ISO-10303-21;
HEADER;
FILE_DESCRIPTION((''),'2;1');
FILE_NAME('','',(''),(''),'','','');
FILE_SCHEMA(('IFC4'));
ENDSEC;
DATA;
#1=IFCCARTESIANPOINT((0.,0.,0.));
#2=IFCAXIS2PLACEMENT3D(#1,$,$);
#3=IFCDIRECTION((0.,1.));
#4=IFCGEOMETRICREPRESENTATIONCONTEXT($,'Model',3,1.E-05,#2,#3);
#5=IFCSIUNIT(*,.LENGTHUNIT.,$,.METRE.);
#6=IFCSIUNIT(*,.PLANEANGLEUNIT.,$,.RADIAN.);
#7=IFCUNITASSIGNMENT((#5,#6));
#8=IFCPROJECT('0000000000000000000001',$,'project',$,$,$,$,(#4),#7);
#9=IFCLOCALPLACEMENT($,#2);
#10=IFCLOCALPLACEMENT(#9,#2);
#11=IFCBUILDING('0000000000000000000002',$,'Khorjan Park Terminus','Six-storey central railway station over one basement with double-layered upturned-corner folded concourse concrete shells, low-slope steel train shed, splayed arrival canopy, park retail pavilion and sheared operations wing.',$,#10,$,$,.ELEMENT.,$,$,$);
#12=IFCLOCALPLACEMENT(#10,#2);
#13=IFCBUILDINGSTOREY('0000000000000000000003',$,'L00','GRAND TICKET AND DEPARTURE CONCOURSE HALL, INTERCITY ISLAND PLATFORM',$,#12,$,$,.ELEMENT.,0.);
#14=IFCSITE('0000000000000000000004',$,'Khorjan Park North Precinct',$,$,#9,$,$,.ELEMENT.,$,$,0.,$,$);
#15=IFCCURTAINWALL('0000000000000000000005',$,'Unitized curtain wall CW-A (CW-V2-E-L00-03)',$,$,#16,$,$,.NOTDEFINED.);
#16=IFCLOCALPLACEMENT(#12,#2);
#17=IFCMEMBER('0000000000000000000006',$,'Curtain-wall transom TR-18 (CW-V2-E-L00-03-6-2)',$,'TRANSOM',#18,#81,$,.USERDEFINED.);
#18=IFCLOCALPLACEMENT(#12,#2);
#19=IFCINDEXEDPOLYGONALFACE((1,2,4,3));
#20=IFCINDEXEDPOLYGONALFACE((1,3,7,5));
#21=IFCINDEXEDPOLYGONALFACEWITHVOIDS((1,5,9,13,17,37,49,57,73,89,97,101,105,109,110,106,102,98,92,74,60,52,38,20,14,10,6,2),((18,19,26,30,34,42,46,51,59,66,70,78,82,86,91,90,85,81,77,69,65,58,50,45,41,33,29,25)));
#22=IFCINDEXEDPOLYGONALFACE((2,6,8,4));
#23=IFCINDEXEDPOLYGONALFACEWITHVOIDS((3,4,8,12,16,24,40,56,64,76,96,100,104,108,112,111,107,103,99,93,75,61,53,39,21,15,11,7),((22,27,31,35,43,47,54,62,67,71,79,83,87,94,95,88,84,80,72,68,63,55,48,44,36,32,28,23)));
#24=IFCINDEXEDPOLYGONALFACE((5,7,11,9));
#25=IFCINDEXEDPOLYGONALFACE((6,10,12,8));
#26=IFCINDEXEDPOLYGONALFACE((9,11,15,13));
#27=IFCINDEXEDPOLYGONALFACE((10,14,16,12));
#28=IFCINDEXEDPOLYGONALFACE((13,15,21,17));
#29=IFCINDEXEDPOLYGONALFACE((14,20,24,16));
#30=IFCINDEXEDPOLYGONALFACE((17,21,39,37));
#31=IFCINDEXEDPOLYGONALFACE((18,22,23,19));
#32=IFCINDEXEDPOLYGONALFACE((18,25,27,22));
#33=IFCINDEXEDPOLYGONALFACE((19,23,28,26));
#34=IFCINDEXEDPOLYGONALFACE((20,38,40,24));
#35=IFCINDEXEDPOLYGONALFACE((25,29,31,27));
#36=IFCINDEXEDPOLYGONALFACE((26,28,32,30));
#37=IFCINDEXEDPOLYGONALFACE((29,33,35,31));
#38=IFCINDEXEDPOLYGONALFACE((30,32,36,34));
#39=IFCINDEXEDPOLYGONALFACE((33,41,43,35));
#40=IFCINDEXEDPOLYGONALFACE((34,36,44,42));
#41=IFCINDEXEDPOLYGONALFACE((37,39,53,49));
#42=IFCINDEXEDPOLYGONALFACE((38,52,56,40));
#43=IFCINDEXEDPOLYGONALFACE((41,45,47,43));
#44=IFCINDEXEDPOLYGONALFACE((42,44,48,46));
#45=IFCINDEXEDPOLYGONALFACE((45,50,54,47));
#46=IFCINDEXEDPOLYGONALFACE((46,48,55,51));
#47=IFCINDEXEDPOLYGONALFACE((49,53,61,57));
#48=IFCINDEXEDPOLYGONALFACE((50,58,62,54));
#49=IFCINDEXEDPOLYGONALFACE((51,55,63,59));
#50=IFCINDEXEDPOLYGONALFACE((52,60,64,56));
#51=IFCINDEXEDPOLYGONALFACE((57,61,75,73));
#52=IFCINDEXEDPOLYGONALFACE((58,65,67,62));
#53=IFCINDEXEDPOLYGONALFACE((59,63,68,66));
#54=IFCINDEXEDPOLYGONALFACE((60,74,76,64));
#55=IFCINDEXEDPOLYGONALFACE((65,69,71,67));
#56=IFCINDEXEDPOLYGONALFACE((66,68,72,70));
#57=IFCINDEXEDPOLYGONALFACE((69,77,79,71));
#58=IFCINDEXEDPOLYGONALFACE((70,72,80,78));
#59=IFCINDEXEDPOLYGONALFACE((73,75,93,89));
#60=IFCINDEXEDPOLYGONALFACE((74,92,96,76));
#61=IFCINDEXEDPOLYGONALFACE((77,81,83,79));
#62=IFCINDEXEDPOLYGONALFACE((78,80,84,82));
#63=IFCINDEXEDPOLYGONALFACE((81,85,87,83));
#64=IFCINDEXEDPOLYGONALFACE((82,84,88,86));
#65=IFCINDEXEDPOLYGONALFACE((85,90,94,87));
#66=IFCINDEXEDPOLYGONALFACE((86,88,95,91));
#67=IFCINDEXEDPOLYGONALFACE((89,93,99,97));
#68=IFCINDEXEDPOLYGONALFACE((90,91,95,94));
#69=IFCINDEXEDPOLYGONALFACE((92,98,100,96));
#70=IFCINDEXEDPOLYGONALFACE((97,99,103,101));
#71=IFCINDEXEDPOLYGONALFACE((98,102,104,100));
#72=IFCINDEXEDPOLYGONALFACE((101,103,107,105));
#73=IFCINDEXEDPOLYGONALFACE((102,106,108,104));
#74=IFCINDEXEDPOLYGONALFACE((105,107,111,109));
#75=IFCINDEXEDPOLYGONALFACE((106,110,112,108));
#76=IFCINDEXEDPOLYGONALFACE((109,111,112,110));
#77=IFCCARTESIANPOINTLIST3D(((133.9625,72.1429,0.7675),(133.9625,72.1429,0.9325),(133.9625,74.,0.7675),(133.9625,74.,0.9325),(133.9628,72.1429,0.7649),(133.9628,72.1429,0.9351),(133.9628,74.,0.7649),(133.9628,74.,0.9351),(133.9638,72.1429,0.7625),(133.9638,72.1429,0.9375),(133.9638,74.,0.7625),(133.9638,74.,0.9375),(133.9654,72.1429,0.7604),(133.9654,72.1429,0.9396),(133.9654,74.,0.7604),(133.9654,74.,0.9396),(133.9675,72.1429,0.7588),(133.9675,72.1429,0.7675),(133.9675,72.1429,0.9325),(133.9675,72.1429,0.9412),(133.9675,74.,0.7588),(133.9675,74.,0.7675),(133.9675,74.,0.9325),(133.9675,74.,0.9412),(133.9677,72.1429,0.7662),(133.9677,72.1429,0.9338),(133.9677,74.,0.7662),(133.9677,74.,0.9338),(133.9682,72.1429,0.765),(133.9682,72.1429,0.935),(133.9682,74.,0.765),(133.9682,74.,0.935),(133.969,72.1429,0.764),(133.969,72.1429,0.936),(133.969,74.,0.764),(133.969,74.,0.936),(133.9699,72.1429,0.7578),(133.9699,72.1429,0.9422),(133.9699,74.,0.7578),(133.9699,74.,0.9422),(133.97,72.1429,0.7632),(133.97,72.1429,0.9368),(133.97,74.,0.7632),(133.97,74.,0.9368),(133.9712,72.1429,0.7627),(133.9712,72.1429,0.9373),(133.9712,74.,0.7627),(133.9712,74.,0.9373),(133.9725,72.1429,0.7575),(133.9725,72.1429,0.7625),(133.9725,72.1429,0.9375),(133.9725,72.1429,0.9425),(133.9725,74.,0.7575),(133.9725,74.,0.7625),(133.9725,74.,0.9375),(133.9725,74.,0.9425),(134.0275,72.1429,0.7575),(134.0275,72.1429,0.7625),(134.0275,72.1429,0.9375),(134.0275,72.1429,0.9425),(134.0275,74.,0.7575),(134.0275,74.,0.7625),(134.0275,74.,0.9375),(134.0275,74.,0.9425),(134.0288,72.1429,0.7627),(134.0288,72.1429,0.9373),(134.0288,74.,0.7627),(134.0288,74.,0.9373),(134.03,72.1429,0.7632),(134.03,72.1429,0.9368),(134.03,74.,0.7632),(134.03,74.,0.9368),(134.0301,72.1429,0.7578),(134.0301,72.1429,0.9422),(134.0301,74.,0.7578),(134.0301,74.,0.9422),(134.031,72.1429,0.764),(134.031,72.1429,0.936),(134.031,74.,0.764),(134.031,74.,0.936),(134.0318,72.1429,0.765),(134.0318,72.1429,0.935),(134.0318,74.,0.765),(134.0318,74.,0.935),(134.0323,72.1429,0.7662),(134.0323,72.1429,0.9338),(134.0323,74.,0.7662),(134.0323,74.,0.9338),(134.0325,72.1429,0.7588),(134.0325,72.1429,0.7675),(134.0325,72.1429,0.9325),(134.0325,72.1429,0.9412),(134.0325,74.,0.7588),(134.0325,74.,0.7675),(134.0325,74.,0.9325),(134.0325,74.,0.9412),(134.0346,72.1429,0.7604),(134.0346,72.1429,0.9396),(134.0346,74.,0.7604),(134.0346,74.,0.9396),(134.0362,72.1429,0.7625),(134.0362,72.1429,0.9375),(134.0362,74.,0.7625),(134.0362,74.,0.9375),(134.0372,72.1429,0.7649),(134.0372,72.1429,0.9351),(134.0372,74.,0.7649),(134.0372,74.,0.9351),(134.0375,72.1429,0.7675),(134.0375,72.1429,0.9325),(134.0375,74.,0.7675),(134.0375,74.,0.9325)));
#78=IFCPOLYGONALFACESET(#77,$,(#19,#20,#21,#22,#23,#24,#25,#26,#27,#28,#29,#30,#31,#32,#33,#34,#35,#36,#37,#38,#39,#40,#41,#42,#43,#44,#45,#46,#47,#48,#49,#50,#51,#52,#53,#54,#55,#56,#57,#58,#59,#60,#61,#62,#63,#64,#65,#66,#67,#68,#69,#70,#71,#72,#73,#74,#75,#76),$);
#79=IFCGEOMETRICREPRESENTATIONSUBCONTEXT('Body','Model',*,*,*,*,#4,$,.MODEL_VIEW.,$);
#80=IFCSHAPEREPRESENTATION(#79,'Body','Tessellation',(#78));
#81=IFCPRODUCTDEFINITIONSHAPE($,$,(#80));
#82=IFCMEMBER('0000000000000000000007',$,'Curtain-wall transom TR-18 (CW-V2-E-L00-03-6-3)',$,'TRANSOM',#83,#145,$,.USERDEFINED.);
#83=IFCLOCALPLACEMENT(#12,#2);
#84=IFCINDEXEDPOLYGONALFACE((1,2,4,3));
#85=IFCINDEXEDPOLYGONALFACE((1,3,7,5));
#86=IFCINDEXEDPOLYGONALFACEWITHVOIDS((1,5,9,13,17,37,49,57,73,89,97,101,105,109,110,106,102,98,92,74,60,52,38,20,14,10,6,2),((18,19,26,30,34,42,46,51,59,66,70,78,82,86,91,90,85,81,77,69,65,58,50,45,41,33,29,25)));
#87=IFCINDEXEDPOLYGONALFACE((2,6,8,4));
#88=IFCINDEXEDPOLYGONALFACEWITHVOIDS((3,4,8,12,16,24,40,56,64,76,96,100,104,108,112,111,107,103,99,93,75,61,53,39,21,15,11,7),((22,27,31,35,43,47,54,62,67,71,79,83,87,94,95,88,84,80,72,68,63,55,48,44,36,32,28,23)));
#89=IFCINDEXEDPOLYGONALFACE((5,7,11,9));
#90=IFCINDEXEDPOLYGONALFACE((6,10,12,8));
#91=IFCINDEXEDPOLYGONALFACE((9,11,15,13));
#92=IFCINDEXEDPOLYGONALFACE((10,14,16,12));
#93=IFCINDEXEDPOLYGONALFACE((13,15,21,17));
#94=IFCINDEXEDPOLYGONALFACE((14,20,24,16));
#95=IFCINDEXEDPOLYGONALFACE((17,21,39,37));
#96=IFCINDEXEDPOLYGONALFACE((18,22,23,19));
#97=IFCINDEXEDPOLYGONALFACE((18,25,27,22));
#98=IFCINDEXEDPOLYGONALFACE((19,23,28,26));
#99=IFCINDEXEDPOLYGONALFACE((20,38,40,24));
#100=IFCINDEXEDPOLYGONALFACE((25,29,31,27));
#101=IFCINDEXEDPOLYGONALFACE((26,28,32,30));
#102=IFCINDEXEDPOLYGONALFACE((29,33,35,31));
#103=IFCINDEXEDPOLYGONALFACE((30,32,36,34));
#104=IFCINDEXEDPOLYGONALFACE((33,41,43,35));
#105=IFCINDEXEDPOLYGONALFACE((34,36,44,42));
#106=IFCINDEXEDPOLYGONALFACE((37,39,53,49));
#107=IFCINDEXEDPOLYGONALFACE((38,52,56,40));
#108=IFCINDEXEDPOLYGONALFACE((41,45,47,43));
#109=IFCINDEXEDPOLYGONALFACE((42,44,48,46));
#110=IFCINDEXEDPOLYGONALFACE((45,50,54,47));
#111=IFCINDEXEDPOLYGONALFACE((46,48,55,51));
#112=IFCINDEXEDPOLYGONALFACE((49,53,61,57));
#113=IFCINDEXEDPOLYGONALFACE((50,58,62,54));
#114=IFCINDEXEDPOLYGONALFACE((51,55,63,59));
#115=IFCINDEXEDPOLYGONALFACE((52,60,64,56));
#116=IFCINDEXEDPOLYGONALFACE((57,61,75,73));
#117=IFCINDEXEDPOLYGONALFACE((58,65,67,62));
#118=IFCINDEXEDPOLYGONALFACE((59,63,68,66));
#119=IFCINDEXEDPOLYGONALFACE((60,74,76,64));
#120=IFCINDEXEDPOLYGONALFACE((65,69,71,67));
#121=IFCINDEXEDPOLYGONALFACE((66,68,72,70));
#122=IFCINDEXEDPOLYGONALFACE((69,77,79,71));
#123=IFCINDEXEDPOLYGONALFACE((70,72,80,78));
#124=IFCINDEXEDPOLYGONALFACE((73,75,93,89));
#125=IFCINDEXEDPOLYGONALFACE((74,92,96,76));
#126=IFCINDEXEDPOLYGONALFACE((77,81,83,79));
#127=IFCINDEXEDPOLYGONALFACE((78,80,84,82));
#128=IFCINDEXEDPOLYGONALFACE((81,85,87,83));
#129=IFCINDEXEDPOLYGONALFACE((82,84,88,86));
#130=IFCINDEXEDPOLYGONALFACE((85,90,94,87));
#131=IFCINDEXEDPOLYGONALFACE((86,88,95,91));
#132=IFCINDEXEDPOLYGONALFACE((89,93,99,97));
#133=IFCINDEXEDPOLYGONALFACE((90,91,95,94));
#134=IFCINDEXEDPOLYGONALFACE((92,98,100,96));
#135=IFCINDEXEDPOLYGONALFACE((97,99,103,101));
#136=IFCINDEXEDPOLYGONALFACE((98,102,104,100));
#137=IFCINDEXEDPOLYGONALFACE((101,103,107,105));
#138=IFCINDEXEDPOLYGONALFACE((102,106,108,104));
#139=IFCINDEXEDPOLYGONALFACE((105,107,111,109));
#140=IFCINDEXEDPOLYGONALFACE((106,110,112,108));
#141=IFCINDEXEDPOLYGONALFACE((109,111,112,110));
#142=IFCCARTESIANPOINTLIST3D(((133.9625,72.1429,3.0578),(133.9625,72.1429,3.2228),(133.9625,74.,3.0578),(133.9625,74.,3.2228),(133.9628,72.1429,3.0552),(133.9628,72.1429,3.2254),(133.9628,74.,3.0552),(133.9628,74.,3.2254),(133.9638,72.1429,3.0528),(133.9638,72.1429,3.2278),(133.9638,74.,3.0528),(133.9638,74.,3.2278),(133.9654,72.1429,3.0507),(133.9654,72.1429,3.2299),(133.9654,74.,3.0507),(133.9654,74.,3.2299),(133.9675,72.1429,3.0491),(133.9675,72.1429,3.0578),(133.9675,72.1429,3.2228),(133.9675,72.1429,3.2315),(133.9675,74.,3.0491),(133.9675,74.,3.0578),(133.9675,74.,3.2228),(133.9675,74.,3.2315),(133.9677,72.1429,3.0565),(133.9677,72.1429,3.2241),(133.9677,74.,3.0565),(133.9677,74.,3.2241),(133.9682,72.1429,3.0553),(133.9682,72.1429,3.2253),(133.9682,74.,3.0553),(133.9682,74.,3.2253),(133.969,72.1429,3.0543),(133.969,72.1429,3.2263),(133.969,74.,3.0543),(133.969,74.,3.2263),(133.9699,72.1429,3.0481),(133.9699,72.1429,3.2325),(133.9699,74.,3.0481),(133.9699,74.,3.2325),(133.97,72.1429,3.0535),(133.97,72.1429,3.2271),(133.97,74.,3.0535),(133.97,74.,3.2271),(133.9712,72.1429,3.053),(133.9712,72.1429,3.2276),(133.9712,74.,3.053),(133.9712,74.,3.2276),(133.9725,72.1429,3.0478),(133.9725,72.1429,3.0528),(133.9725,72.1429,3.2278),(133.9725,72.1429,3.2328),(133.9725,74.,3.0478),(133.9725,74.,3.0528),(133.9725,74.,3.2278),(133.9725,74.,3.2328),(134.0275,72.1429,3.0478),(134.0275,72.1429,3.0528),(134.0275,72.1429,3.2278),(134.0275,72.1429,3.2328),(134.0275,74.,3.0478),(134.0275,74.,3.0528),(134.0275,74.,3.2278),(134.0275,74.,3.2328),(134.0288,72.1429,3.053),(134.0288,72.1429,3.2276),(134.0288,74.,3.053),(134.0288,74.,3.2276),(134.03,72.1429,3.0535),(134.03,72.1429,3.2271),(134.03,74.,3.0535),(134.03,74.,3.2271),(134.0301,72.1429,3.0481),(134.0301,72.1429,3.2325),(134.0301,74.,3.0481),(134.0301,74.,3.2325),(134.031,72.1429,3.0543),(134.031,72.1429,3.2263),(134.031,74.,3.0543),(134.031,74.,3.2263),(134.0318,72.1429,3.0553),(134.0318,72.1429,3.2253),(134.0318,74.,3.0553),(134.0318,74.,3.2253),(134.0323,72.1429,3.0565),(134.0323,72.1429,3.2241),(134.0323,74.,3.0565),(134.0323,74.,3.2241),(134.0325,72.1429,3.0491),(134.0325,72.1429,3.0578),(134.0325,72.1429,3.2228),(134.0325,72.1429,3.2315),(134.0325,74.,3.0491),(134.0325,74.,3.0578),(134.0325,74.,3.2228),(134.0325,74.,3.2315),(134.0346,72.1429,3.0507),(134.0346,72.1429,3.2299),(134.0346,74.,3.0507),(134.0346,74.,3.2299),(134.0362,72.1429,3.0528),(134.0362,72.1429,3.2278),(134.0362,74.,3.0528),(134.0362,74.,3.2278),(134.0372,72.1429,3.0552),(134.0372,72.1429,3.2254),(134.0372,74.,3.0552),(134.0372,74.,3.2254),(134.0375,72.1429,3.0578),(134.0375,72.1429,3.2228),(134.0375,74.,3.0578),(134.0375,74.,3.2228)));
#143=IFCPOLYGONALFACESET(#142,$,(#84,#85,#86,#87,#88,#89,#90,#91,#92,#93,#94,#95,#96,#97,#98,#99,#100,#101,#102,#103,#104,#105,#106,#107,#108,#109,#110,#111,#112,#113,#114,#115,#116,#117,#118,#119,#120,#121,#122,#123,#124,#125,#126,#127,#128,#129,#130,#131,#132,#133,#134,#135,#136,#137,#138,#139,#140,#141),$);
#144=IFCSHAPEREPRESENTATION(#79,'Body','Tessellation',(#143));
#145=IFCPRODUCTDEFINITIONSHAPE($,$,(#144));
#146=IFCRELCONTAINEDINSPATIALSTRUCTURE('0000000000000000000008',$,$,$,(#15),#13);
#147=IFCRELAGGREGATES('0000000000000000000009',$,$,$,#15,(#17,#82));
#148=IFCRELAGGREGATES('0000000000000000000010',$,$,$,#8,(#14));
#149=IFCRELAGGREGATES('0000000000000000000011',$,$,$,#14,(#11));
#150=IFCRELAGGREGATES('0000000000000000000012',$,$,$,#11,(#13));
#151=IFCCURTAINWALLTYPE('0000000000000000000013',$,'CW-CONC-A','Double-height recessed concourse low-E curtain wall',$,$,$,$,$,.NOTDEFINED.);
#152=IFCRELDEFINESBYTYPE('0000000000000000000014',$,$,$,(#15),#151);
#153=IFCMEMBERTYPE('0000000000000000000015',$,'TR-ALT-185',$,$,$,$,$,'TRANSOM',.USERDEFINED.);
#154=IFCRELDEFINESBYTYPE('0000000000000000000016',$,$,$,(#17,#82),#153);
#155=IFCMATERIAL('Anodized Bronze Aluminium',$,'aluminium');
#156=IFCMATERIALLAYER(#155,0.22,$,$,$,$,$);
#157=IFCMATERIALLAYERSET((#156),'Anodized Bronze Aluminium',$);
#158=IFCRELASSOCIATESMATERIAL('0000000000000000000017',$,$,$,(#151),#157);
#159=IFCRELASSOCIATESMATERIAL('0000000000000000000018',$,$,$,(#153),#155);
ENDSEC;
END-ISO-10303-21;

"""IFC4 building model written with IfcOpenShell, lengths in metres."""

from ifc_helpers import new_model, si_unit, direction, frame, origin, origin_2d, place, context, subcontext, project, spatial, hollow_rectangle, extrude, material, layer, layer_set, material_profile, profile_set, type_object, element, aggregate, save


model = new_model("IFC4")

# Units and contexts
model_context = context("Model", 3, precision=1e-05, world=origin(), true_north=direction((0.0, 1.0)))
body_context = subcontext(model_context, "Body", "Model", "MODEL_VIEW")
ifc_project = project(units=[si_unit("LENGTHUNIT", "METRE"), si_unit("PLANEANGLEUNIT", "RADIAN")], contexts=[model_context])

# Site, building, storey
site_placement = place(None, origin())
site = spatial("IfcSite", under=ifc_project, at=site_placement, Name="Khorjan Park North Precinct", CompositionType="ELEMENT", RefElevation=0.0)
building_placement = place(site_placement, origin())
building = spatial("IfcBuilding", under=site, at=building_placement, Name="Khorjan Park Terminus", Description="Six-storey central railway station over one basement with double-layered upturned-corner folded concourse concrete shells, low-slope steel train shed, splayed arrival canopy, park retail pavilion and sheared operations wing.", CompositionType="ELEMENT")
storey_placement = place(building_placement, origin())
storey = spatial("IfcBuildingStorey", under=building, at=storey_placement, Name="L00", Description="GRAND TICKET AND DEPARTURE CONCOURSE HALL, INTERCITY ISLAND PLATFORM", CompositionType="ELEMENT", Elevation=0.0)

# Curtain wall, members
ifc_material_1 = material(Name="Anodized Bronze Aluminium", Category="aluminium")
ifc_layer_1 = layer(ifc_material_1, 0.22)
ifc_layer_set_1 = layer_set([ifc_layer_1], Name="Anodized Bronze Aluminium")
curtain_wall_type = type_object("IfcCurtainWallType", Name="CW-CONC-A", Description="Double-height recessed concourse low-E curtain wall", PredefinedType="NOTDEFINED", material=ifc_layer_set_1)
curtain_wall_1_placement = place(storey_placement, origin())
curtain_wall_1 = element("IfcCurtainWall", 1, at=curtain_wall_1_placement, inside=storey, type_object=curtain_wall_type, Name="Unitized curtain wall CW-A (CW-V2-E-L00-03)", PredefinedType="NOTDEFINED")
ifc_material_profile_1 = material_profile(ifc_material_1, hollow_rectangle(XDim=0.075, YDim=0.185, WallThickness=0.005, InnerFilletRadius=0.005, OuterFilletRadius=0.01, at=origin_2d()), Name="ALT 75x185x5")
ifc_profile_set_1 = profile_set([ifc_material_profile_1], Name="Anodized Bronze Aluminium")
member_type_1 = type_object("IfcMemberType", Name="TR-ALT-185", ElementType="TRANSOM", PredefinedType="USERDEFINED", material=ifc_profile_set_1)
member_1_placement = place(storey_placement, frame((134.0, 72.1429, 0.85), z_axis=(0.0, 1.0, 0.0), x_axis=(-1.0, 0.0, 0.0)))
member_1 = element("IfcMember", 2, at=member_1_placement, type_object=member_type_1, Name="Curtain-wall transom TR-18 (CW-V2-E-L00-03-6-2)", ObjectType="TRANSOM", PredefinedType="USERDEFINED", context=body_context, shape_type="SweptSolid", body=[
    extrude(hollow_rectangle(XDim=0.075, YDim=0.185, WallThickness=0.005, InnerFilletRadius=0.005, OuterFilletRadius=0.01, at=origin_2d()), origin(), (0.0, 0.0, 1.0), 1.8571),
])
member_2_placement = place(storey_placement, frame((134.0, 72.1429, 3.1403), z_axis=(0.0, 1.0, 0.0), x_axis=(-1.0, 0.0, 0.0)))
member_2 = element("IfcMember", 3, at=member_2_placement, type_object=member_type_1, Name="Curtain-wall transom TR-18 (CW-V2-E-L00-03-6-3)", ObjectType="TRANSOM", PredefinedType="USERDEFINED", context=body_context, shape_type="SweptSolid", body=[
    extrude(hollow_rectangle(XDim=0.075, YDim=0.185, WallThickness=0.005, InnerFilletRadius=0.005, OuterFilletRadius=0.01, at=origin_2d()), origin(), (0.0, 0.0, 1.0), 1.8571),
])

aggregate(curtain_wall_1, [member_1, member_2])

save(model, "model.ifc")
